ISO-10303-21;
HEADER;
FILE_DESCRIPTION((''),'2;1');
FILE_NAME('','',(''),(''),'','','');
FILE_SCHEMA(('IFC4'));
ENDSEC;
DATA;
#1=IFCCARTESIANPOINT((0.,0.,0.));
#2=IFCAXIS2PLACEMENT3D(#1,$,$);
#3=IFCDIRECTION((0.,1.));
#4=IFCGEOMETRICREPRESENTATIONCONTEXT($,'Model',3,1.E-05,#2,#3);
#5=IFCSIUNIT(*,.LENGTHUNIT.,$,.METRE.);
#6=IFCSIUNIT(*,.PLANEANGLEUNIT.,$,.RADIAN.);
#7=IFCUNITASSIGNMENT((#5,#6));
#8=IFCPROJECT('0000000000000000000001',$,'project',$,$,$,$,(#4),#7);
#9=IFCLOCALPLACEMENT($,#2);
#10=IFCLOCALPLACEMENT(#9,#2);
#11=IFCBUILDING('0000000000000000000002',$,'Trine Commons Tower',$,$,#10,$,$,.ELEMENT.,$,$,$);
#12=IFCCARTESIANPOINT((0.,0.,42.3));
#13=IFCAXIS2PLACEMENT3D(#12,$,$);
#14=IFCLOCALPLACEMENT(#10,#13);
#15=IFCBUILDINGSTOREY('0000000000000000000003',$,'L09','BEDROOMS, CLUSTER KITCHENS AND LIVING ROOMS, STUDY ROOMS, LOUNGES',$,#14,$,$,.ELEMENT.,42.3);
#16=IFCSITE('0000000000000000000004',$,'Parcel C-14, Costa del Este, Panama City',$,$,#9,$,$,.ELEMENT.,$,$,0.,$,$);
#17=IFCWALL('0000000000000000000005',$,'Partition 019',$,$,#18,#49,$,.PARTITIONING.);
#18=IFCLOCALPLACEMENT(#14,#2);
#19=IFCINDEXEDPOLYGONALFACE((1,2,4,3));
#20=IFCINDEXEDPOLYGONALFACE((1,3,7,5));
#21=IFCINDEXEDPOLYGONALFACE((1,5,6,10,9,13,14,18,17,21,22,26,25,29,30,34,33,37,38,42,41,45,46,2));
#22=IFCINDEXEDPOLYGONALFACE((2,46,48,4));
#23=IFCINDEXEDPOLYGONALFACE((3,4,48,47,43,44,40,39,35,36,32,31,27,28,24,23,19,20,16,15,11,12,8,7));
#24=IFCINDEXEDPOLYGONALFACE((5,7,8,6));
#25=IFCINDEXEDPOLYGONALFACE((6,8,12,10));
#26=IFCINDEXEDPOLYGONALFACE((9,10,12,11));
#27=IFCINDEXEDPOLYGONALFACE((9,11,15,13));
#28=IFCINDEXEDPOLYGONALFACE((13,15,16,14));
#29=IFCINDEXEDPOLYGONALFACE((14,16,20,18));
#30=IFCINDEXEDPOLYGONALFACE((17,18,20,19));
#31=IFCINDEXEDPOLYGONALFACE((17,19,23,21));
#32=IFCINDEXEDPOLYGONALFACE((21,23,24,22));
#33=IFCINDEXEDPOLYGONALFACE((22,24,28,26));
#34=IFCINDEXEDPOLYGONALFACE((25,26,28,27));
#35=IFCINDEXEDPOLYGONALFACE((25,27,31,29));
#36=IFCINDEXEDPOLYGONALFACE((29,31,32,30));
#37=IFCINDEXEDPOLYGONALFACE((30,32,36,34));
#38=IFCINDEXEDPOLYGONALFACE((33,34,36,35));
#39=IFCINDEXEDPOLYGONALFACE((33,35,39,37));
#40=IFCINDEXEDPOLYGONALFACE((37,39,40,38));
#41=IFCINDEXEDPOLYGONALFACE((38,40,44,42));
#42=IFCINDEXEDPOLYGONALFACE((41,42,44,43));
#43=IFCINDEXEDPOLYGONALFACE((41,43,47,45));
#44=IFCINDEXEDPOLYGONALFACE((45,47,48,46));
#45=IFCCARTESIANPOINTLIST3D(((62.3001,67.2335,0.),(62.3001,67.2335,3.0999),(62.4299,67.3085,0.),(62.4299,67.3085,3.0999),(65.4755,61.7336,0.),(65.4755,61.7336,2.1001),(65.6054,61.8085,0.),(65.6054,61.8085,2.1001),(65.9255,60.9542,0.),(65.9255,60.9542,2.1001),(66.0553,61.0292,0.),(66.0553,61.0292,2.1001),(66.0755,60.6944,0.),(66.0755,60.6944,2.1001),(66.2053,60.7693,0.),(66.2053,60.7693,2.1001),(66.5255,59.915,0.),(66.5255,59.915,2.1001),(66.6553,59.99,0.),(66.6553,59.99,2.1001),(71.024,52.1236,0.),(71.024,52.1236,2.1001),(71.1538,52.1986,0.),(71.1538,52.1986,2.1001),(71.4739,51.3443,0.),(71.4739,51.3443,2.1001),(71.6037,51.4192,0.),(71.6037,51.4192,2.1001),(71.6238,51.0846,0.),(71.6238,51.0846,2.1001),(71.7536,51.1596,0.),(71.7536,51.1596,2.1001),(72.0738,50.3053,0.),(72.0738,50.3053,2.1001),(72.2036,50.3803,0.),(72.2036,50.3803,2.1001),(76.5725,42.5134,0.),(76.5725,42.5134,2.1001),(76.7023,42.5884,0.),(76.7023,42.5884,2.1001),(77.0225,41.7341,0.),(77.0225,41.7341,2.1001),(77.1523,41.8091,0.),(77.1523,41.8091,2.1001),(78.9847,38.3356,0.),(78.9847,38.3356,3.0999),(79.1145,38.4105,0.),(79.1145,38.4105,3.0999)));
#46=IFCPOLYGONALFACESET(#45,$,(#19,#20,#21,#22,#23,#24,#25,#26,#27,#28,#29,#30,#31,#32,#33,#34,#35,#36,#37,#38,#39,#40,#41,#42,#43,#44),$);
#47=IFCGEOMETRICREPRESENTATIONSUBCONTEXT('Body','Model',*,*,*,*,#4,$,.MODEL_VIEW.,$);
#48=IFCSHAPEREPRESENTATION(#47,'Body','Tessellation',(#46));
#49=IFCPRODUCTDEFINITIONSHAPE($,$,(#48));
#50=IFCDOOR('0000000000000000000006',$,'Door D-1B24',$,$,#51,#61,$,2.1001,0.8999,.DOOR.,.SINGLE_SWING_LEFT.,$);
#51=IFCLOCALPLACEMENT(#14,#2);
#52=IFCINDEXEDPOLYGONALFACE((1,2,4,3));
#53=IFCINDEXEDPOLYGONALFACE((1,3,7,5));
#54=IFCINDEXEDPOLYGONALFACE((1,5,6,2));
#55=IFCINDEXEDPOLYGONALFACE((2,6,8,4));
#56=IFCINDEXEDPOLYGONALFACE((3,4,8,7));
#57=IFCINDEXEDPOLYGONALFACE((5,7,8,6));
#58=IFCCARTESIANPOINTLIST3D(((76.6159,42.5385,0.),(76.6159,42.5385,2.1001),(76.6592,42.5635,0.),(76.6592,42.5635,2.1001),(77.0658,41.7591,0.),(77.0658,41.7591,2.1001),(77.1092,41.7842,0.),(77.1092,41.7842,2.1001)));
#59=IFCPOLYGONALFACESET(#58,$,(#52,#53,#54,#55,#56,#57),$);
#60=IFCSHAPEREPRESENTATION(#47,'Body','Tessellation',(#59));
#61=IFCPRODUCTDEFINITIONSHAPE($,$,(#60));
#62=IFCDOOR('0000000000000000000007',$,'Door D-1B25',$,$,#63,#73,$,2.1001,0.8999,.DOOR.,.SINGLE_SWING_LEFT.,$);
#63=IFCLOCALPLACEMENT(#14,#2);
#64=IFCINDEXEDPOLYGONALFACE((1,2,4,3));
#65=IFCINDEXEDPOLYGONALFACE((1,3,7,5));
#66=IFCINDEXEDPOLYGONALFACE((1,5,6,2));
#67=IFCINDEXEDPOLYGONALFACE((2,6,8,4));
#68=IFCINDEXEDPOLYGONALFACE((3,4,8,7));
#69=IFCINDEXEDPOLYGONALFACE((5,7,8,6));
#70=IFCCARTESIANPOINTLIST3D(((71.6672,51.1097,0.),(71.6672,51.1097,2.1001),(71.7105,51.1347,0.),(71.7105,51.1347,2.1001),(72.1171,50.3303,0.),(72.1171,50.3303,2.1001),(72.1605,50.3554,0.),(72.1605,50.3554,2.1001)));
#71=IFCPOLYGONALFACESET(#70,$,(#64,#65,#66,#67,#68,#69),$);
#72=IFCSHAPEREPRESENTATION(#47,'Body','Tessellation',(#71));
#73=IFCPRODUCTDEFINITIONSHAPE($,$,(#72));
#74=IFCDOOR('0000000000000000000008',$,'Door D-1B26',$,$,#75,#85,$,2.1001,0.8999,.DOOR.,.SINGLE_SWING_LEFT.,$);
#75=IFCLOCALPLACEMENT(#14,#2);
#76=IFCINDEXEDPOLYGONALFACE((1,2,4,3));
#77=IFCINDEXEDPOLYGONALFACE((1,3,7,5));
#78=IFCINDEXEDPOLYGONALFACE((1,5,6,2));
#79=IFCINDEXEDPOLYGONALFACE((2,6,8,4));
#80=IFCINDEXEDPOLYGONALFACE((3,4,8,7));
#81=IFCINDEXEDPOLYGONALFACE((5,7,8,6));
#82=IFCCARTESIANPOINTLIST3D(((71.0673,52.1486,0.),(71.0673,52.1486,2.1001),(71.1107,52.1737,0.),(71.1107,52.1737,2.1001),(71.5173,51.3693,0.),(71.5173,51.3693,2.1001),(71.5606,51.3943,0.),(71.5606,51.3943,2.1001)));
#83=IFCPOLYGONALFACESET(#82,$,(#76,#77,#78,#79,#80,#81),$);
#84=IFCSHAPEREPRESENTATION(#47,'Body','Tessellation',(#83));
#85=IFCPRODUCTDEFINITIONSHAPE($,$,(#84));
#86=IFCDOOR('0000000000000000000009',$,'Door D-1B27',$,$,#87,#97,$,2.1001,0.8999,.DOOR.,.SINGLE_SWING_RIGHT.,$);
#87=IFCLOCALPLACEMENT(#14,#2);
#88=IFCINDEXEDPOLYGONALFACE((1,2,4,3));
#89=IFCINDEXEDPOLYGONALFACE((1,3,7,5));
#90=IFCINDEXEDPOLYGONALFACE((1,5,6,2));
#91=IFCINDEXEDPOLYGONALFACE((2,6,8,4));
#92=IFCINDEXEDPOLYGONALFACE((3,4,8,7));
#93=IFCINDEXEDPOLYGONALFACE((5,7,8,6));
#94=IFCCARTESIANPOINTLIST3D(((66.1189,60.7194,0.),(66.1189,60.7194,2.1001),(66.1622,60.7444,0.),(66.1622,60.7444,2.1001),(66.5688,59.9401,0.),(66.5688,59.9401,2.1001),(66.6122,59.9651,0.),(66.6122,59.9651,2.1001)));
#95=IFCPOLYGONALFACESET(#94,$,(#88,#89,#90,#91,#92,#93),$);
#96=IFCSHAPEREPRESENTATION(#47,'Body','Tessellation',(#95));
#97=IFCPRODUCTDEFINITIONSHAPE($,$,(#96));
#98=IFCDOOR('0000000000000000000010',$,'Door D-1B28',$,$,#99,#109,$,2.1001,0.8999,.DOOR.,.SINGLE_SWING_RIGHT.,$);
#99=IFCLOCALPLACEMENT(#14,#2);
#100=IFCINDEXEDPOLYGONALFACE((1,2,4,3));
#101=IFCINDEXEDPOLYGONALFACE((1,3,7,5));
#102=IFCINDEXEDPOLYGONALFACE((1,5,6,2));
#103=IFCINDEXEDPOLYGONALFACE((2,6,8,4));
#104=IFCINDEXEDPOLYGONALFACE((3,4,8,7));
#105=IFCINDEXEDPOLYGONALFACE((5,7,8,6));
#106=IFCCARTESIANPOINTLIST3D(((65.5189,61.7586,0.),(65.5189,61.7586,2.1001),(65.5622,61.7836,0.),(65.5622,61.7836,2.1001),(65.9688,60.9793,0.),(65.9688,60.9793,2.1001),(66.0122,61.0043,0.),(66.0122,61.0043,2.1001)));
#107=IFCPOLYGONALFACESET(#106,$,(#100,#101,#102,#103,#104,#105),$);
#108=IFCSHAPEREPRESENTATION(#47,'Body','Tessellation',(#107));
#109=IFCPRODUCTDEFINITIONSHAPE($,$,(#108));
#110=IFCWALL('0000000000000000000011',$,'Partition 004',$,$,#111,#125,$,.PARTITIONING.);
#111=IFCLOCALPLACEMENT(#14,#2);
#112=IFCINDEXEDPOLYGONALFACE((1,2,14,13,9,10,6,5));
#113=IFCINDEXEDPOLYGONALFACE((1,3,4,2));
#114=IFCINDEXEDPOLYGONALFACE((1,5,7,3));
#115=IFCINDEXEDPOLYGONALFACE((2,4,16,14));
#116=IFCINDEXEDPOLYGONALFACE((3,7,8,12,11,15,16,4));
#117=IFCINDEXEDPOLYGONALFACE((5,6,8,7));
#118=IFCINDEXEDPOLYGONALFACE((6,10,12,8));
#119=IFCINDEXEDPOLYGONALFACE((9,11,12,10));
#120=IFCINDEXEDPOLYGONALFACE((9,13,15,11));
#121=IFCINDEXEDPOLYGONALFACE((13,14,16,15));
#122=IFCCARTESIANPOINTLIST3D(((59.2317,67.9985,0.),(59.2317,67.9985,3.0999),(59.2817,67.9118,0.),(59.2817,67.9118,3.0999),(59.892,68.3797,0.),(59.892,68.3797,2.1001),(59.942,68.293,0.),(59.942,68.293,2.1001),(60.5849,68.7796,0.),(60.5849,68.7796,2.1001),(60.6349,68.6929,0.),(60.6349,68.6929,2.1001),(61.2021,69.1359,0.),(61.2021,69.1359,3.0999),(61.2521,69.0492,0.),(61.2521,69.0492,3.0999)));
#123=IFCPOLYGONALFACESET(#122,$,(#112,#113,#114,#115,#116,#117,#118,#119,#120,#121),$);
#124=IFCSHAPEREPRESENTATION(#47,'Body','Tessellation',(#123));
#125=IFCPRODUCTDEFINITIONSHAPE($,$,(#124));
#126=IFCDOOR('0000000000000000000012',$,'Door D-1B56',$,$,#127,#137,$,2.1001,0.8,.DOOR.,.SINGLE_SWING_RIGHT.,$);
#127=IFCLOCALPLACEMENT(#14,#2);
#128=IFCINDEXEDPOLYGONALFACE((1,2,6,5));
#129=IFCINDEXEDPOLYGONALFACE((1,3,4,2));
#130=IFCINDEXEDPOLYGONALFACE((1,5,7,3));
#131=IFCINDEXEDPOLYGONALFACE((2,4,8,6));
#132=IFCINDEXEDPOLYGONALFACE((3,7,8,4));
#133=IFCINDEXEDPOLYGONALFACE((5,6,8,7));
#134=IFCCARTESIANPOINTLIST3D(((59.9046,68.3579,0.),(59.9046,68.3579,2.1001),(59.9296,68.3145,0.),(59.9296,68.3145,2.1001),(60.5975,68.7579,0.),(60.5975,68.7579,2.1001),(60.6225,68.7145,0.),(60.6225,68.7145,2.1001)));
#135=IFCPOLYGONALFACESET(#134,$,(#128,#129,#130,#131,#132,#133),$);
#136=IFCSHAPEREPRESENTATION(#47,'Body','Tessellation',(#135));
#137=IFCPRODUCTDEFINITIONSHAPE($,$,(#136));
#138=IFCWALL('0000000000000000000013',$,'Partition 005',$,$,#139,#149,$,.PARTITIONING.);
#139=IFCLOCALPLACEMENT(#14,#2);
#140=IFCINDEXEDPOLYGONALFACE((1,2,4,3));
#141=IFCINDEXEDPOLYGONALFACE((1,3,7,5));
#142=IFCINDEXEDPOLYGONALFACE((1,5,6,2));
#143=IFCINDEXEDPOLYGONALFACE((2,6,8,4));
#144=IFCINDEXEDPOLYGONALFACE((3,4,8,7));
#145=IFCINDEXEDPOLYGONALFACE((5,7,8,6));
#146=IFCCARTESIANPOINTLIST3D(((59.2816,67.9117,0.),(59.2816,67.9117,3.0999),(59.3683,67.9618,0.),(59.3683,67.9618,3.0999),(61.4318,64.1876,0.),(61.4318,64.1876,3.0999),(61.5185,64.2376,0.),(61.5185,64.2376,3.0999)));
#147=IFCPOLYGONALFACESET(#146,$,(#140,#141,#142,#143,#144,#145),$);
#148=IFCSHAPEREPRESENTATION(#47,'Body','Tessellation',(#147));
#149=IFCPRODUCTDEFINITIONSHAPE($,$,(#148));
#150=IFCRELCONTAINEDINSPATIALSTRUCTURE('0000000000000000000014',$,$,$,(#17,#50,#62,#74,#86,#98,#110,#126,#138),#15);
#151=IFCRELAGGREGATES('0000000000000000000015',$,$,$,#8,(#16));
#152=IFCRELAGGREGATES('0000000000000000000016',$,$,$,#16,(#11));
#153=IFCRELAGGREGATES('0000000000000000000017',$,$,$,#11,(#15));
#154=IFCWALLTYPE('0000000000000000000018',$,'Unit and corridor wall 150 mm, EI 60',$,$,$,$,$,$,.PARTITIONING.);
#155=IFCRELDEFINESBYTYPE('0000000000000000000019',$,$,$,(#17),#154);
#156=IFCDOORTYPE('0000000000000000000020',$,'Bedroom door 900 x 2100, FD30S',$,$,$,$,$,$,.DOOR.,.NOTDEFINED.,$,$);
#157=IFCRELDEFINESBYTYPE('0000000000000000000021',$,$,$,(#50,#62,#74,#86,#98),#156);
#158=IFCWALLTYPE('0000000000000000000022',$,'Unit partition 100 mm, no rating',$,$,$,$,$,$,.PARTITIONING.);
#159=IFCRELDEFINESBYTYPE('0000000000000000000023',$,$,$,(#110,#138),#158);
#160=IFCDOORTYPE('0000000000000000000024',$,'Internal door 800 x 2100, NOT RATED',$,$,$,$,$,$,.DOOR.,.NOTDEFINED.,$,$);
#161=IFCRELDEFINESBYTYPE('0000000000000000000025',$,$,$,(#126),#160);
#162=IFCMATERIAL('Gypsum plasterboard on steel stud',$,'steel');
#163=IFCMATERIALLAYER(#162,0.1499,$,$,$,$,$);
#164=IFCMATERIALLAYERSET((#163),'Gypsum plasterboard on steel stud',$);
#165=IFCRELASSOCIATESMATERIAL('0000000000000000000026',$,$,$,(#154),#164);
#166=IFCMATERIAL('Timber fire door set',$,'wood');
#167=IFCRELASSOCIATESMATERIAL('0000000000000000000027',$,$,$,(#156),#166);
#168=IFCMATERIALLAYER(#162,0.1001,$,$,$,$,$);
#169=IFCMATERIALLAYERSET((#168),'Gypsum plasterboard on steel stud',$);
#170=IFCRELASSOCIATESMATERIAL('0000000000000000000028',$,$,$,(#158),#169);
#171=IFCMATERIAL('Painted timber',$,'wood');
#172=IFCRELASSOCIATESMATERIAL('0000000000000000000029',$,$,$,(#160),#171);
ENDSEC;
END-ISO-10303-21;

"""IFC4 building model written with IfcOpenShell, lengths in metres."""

from ifc_helpers import new_model, si_unit, direction, frame, frame_2d, origin, place, context, subcontext, project, spatial, rectangle, extrude, material, layer, layer_set, type_object, element, fill, save


model = new_model("IFC4")

# Units and contexts
model_context = context("Model", 3, precision=1e-05, world=origin(), true_north=direction((0.0, 1.0)))
body_context = subcontext(model_context, "Body", "Model", "MODEL_VIEW")
ifc_project = project(units=[si_unit("LENGTHUNIT", "METRE"), si_unit("PLANEANGLEUNIT", "RADIAN")], contexts=[model_context])

# Site, building, storey
site_placement = place(None, origin())
site = spatial("IfcSite", under=ifc_project, at=site_placement, Name="Parcel C-14, Costa del Este, Panama City", CompositionType="ELEMENT", RefElevation=0.0)
building_placement = place(site_placement, origin())
building = spatial("IfcBuilding", under=site, at=building_placement, Name="Trine Commons Tower", CompositionType="ELEMENT")
storey_placement = place(building_placement, frame((0.0, 0.0, 42.3)))
storey = spatial("IfcBuildingStorey", under=building, at=storey_placement, Name="L09", Description="BEDROOMS, CLUSTER KITCHENS AND LIVING ROOMS, STUDY ROOMS, LOUNGES", CompositionType="ELEMENT", Elevation=42.3)

# Shared definitions
ifc_material_1 = material(Name="Gypsum plasterboard on steel stud", Category="steel")
ifc_layer_1 = layer(ifc_material_1, 0.1499)
ifc_layer_set_1 = layer_set([ifc_layer_1], Name="Gypsum plasterboard on steel stud")
wall_type_1 = type_object("IfcWallType", Name="Unit and corridor wall 150 mm, EI 60", PredefinedType="PARTITIONING", material=ifc_layer_set_1)

# Shared definitions
ifc_material_2 = material(Name="Painted timber", Category="wood")

# Wall, openings, doors
wall_1_placement = place(storey_placement, frame((62.365, 67.271, 0.0), z_axis=(0.0, 0.0, 1.0), x_axis=(0.500007, -0.866021, 0.0)))
wall_1 = element("IfcWall", 1, at=wall_1_placement, inside=storey, type_object=wall_type_1, Name="Partition 019", PredefinedType="PARTITIONING", context=body_context, shape_type="SweptSolid", body=[
    extrude(rectangle(XDim=33.3687, YDim=0.1499, at=frame_2d((16.6843, 0.0))), origin(), (0.0, 0.0, 1.0), 3.0999),
])
opening_1_placement = place(wall_1_placement, frame((28.5444, 0.0, 0.0)))
opening_1 = element("IfcOpeningElement", 2, at=opening_1_placement, cuts=wall_1, PredefinedType="OPENING", context=body_context, shape_type="SweptSolid", body=[
    extrude(rectangle(XDim=0.8999, YDim=2.1001, at=frame_2d((0.45, 1.05))), frame((0.0, 0.085, 0.0), z_axis=(0.0, -1.0, 0.0), x_axis=(1.0, 0.0, 0.0)), (0.0, 0.0, 1.0), 0.1699),
])
opening_2_placement = place(wall_1_placement, frame((18.6472, 0.0, 0.0)))
opening_2 = element("IfcOpeningElement", 3, at=opening_2_placement, cuts=wall_1, PredefinedType="OPENING", context=body_context, shape_type="SweptSolid", body=[
    extrude(rectangle(XDim=0.8999, YDim=2.1001, at=frame_2d((0.45, 1.05))), frame((0.0, 0.085, 0.0), z_axis=(0.0, -1.0, 0.0), x_axis=(1.0, 0.0, 0.0)), (0.0, 0.0, 1.0), 0.1699),
])
opening_3_placement = place(wall_1_placement, frame((17.4475, 0.0, 0.0)))
opening_3 = element("IfcOpeningElement", 4, at=opening_3_placement, cuts=wall_1, PredefinedType="OPENING", context=body_context, shape_type="SweptSolid", body=[
    extrude(rectangle(XDim=0.8999, YDim=2.1001, at=frame_2d((0.45, 1.05))), frame((0.0, 0.085, 0.0), z_axis=(0.0, -1.0, 0.0), x_axis=(1.0, 0.0, 0.0)), (0.0, 0.0, 1.0), 0.1699),
])
opening_4_placement = place(wall_1_placement, frame((7.5508, 0.0, 0.0)))
opening_4 = element("IfcOpeningElement", 5, at=opening_4_placement, cuts=wall_1, PredefinedType="OPENING", context=body_context, shape_type="SweptSolid", body=[
    extrude(rectangle(XDim=0.8999, YDim=2.1001, at=frame_2d((0.45, 1.05))), frame((0.0, 0.085, 0.0), z_axis=(0.0, -1.0, 0.0), x_axis=(1.0, 0.0, 0.0)), (0.0, 0.0, 1.0), 0.1699),
])
opening_5_placement = place(wall_1_placement, frame((6.3508, 0.0, 0.0)))
opening_5 = element("IfcOpeningElement", 6, at=opening_5_placement, cuts=wall_1, PredefinedType="OPENING", context=body_context, shape_type="SweptSolid", body=[
    extrude(rectangle(XDim=0.8999, YDim=2.1001, at=frame_2d((0.45, 1.05))), frame((0.0, 0.085, 0.0), z_axis=(0.0, -1.0, 0.0), x_axis=(1.0, 0.0, 0.0)), (0.0, 0.0, 1.0), 0.1699),
])
ifc_material_3 = material(Name="Timber fire door set", Category="wood")
door_type_1 = type_object("IfcDoorType", Name="Bedroom door 900 x 2100, FD30S", OperationType="NOTDEFINED", PredefinedType="DOOR", material=ifc_material_3)
door_1_placement = place(opening_1_placement, frame((0.8999, 0.0, 0.0), z_axis=(0.0, 0.0, 1.0), x_axis=(-1.0, 0.0, 0.0)))
door_1 = element("IfcDoor", 7, at=door_1_placement, inside=storey, type_object=door_type_1, Name="Door D-1B24", OperationType="SINGLE_SWING_LEFT", OverallHeight=2.1001, OverallWidth=0.8999, PredefinedType="DOOR", context=body_context, shape_type="SweptSolid", body=[
    extrude(rectangle(XDim=0.8999, YDim=2.1001, at=frame_2d((0.45, 1.05))), frame((0.0, 0.0249, 0.0), z_axis=(0.0, -1.0, 0.0), x_axis=(1.0, 0.0, 0.0)), (0.0, 0.0, 1.0), 0.05),
])
fill(opening_1, door_1)
door_2_placement = place(opening_2_placement, frame((0.8999, 0.0, 0.0), z_axis=(0.0, 0.0, 1.0), x_axis=(-1.0, 0.0, 0.0)))
door_2 = element("IfcDoor", 8, at=door_2_placement, inside=storey, type_object=door_type_1, Name="Door D-1B25", OperationType="SINGLE_SWING_LEFT", OverallHeight=2.1001, OverallWidth=0.8999, PredefinedType="DOOR", context=body_context, shape_type="SweptSolid", body=[
    extrude(rectangle(XDim=0.8999, YDim=2.1001, at=frame_2d((0.45, 1.05))), frame((0.0, 0.0249, 0.0), z_axis=(0.0, -1.0, 0.0), x_axis=(1.0, 0.0, 0.0)), (0.0, 0.0, 1.0), 0.05),
])
fill(opening_2, door_2)
door_3_placement = place(opening_3_placement, frame((0.8999, 0.0, 0.0), z_axis=(0.0, 0.0, 1.0), x_axis=(-1.0, 0.0, 0.0)))
door_3 = element("IfcDoor", 9, at=door_3_placement, inside=storey, type_object=door_type_1, Name="Door D-1B26", OperationType="SINGLE_SWING_LEFT", OverallHeight=2.1001, OverallWidth=0.8999, PredefinedType="DOOR", context=body_context, shape_type="SweptSolid", body=[
    extrude(rectangle(XDim=0.8999, YDim=2.1001, at=frame_2d((0.45, 1.05))), frame((0.0, 0.0249, 0.0), z_axis=(0.0, -1.0, 0.0), x_axis=(1.0, 0.0, 0.0)), (0.0, 0.0, 1.0), 0.05),
])
fill(opening_3, door_3)
door_4_placement = place(opening_4_placement, frame((0.8999, 0.0, 0.0), z_axis=(0.0, 0.0, 1.0), x_axis=(-1.0, 0.0, 0.0)))
door_4 = element("IfcDoor", 10, at=door_4_placement, inside=storey, type_object=door_type_1, Name="Door D-1B27", OperationType="SINGLE_SWING_RIGHT", OverallHeight=2.1001, OverallWidth=0.8999, PredefinedType="DOOR", context=body_context, shape_type="SweptSolid", body=[
    extrude(rectangle(XDim=0.8999, YDim=2.1001, at=frame_2d((0.45, 1.05))), frame((0.0, 0.0249, 0.0), z_axis=(0.0, -1.0, 0.0), x_axis=(1.0, 0.0, 0.0)), (0.0, 0.0, 1.0), 0.05),
])
fill(opening_4, door_4)
door_5_placement = place(opening_5_placement, frame((0.8999, 0.0, 0.0), z_axis=(0.0, 0.0, 1.0), x_axis=(-1.0, 0.0, 0.0)))
door_5 = element("IfcDoor", 11, at=door_5_placement, inside=storey, type_object=door_type_1, Name="Door D-1B28", OperationType="SINGLE_SWING_RIGHT", OverallHeight=2.1001, OverallWidth=0.8999, PredefinedType="DOOR", context=body_context, shape_type="SweptSolid", body=[
    extrude(rectangle(XDim=0.8999, YDim=2.1001, at=frame_2d((0.45, 1.05))), frame((0.0, 0.0249, 0.0), z_axis=(0.0, -1.0, 0.0), x_axis=(1.0, 0.0, 0.0)), (0.0, 0.0, 1.0), 0.05),
])
fill(opening_5, door_5)

# Wall, opening, door
ifc_layer_2 = layer(ifc_material_1, 0.1001)
ifc_layer_set_2 = layer_set([ifc_layer_2], Name="Gypsum plasterboard on steel stud")
wall_type_2 = type_object("IfcWallType", Name="Unit partition 100 mm, no rating", PredefinedType="PARTITIONING", material=ifc_layer_set_2)
wall_2_placement = place(storey_placement, frame((59.2566, 67.9551, 0.0), z_axis=(0.0, 0.0, 1.0), x_axis=(0.866062, 0.499936, 0.0)))
wall_2 = element("IfcWall", 12, at=wall_2_placement, inside=storey, type_object=wall_type_2, Name="Partition 004", PredefinedType="PARTITIONING", context=body_context, shape_type="SweptSolid", body=[
    extrude(rectangle(XDim=2.2751, YDim=0.1001, at=frame_2d((1.1377, 0.0))), origin(), (0.0, 0.0, 1.0), 3.0999),
])
opening_6_placement = place(wall_2_placement, frame((0.7627, 0.0, 0.0)))
opening_6 = element("IfcOpeningElement", 13, at=opening_6_placement, cuts=wall_2, PredefinedType="OPENING", context=body_context, shape_type="SweptSolid", body=[
    extrude(rectangle(XDim=0.8, YDim=2.1001, at=frame_2d((0.3999, 1.05))), frame((0.0, 0.0601, 0.0), z_axis=(0.0, -1.0, 0.0), x_axis=(1.0, 0.0, 0.0)), (0.0, 0.0, 1.0), 0.1201),
])
door_type_2 = type_object("IfcDoorType", Name="Internal door 800 x 2100, NOT RATED", OperationType="NOTDEFINED", PredefinedType="DOOR", material=ifc_material_2)
door_6_placement = place(opening_6_placement, origin())
door_6 = element("IfcDoor", 14, at=door_6_placement, inside=storey, type_object=door_type_2, Name="Door D-1B56", OperationType="SINGLE_SWING_RIGHT", OverallHeight=2.1001, OverallWidth=0.8, PredefinedType="DOOR", context=body_context, shape_type="SweptSolid", body=[
    extrude(rectangle(XDim=0.8, YDim=2.1001, at=frame_2d((0.3999, 1.05))), frame((0.0, 0.0249, 0.0), z_axis=(0.0, -1.0, 0.0), x_axis=(1.0, 0.0, 0.0)), (0.0, 0.0, 1.0), 0.05),
])
fill(opening_6, door_6)

# Wall
wall_3_placement = place(storey_placement, frame((59.325, 67.9368, 0.0), z_axis=(0.0, 0.0, 1.0), x_axis=(0.500004, -0.866023, 0.0)))
element("IfcWall", 15, at=wall_3_placement, inside=storey, type_object=wall_type_2, Name="Partition 005", PredefinedType="PARTITIONING", context=body_context, shape_type="SweptSolid", body=[
    extrude(rectangle(XDim=4.3003, YDim=0.1001, at=frame_2d((2.1501, 0.0))), origin(), (0.0, 0.0, 1.0), 3.0999),
])

save(model, "model.ifc")
